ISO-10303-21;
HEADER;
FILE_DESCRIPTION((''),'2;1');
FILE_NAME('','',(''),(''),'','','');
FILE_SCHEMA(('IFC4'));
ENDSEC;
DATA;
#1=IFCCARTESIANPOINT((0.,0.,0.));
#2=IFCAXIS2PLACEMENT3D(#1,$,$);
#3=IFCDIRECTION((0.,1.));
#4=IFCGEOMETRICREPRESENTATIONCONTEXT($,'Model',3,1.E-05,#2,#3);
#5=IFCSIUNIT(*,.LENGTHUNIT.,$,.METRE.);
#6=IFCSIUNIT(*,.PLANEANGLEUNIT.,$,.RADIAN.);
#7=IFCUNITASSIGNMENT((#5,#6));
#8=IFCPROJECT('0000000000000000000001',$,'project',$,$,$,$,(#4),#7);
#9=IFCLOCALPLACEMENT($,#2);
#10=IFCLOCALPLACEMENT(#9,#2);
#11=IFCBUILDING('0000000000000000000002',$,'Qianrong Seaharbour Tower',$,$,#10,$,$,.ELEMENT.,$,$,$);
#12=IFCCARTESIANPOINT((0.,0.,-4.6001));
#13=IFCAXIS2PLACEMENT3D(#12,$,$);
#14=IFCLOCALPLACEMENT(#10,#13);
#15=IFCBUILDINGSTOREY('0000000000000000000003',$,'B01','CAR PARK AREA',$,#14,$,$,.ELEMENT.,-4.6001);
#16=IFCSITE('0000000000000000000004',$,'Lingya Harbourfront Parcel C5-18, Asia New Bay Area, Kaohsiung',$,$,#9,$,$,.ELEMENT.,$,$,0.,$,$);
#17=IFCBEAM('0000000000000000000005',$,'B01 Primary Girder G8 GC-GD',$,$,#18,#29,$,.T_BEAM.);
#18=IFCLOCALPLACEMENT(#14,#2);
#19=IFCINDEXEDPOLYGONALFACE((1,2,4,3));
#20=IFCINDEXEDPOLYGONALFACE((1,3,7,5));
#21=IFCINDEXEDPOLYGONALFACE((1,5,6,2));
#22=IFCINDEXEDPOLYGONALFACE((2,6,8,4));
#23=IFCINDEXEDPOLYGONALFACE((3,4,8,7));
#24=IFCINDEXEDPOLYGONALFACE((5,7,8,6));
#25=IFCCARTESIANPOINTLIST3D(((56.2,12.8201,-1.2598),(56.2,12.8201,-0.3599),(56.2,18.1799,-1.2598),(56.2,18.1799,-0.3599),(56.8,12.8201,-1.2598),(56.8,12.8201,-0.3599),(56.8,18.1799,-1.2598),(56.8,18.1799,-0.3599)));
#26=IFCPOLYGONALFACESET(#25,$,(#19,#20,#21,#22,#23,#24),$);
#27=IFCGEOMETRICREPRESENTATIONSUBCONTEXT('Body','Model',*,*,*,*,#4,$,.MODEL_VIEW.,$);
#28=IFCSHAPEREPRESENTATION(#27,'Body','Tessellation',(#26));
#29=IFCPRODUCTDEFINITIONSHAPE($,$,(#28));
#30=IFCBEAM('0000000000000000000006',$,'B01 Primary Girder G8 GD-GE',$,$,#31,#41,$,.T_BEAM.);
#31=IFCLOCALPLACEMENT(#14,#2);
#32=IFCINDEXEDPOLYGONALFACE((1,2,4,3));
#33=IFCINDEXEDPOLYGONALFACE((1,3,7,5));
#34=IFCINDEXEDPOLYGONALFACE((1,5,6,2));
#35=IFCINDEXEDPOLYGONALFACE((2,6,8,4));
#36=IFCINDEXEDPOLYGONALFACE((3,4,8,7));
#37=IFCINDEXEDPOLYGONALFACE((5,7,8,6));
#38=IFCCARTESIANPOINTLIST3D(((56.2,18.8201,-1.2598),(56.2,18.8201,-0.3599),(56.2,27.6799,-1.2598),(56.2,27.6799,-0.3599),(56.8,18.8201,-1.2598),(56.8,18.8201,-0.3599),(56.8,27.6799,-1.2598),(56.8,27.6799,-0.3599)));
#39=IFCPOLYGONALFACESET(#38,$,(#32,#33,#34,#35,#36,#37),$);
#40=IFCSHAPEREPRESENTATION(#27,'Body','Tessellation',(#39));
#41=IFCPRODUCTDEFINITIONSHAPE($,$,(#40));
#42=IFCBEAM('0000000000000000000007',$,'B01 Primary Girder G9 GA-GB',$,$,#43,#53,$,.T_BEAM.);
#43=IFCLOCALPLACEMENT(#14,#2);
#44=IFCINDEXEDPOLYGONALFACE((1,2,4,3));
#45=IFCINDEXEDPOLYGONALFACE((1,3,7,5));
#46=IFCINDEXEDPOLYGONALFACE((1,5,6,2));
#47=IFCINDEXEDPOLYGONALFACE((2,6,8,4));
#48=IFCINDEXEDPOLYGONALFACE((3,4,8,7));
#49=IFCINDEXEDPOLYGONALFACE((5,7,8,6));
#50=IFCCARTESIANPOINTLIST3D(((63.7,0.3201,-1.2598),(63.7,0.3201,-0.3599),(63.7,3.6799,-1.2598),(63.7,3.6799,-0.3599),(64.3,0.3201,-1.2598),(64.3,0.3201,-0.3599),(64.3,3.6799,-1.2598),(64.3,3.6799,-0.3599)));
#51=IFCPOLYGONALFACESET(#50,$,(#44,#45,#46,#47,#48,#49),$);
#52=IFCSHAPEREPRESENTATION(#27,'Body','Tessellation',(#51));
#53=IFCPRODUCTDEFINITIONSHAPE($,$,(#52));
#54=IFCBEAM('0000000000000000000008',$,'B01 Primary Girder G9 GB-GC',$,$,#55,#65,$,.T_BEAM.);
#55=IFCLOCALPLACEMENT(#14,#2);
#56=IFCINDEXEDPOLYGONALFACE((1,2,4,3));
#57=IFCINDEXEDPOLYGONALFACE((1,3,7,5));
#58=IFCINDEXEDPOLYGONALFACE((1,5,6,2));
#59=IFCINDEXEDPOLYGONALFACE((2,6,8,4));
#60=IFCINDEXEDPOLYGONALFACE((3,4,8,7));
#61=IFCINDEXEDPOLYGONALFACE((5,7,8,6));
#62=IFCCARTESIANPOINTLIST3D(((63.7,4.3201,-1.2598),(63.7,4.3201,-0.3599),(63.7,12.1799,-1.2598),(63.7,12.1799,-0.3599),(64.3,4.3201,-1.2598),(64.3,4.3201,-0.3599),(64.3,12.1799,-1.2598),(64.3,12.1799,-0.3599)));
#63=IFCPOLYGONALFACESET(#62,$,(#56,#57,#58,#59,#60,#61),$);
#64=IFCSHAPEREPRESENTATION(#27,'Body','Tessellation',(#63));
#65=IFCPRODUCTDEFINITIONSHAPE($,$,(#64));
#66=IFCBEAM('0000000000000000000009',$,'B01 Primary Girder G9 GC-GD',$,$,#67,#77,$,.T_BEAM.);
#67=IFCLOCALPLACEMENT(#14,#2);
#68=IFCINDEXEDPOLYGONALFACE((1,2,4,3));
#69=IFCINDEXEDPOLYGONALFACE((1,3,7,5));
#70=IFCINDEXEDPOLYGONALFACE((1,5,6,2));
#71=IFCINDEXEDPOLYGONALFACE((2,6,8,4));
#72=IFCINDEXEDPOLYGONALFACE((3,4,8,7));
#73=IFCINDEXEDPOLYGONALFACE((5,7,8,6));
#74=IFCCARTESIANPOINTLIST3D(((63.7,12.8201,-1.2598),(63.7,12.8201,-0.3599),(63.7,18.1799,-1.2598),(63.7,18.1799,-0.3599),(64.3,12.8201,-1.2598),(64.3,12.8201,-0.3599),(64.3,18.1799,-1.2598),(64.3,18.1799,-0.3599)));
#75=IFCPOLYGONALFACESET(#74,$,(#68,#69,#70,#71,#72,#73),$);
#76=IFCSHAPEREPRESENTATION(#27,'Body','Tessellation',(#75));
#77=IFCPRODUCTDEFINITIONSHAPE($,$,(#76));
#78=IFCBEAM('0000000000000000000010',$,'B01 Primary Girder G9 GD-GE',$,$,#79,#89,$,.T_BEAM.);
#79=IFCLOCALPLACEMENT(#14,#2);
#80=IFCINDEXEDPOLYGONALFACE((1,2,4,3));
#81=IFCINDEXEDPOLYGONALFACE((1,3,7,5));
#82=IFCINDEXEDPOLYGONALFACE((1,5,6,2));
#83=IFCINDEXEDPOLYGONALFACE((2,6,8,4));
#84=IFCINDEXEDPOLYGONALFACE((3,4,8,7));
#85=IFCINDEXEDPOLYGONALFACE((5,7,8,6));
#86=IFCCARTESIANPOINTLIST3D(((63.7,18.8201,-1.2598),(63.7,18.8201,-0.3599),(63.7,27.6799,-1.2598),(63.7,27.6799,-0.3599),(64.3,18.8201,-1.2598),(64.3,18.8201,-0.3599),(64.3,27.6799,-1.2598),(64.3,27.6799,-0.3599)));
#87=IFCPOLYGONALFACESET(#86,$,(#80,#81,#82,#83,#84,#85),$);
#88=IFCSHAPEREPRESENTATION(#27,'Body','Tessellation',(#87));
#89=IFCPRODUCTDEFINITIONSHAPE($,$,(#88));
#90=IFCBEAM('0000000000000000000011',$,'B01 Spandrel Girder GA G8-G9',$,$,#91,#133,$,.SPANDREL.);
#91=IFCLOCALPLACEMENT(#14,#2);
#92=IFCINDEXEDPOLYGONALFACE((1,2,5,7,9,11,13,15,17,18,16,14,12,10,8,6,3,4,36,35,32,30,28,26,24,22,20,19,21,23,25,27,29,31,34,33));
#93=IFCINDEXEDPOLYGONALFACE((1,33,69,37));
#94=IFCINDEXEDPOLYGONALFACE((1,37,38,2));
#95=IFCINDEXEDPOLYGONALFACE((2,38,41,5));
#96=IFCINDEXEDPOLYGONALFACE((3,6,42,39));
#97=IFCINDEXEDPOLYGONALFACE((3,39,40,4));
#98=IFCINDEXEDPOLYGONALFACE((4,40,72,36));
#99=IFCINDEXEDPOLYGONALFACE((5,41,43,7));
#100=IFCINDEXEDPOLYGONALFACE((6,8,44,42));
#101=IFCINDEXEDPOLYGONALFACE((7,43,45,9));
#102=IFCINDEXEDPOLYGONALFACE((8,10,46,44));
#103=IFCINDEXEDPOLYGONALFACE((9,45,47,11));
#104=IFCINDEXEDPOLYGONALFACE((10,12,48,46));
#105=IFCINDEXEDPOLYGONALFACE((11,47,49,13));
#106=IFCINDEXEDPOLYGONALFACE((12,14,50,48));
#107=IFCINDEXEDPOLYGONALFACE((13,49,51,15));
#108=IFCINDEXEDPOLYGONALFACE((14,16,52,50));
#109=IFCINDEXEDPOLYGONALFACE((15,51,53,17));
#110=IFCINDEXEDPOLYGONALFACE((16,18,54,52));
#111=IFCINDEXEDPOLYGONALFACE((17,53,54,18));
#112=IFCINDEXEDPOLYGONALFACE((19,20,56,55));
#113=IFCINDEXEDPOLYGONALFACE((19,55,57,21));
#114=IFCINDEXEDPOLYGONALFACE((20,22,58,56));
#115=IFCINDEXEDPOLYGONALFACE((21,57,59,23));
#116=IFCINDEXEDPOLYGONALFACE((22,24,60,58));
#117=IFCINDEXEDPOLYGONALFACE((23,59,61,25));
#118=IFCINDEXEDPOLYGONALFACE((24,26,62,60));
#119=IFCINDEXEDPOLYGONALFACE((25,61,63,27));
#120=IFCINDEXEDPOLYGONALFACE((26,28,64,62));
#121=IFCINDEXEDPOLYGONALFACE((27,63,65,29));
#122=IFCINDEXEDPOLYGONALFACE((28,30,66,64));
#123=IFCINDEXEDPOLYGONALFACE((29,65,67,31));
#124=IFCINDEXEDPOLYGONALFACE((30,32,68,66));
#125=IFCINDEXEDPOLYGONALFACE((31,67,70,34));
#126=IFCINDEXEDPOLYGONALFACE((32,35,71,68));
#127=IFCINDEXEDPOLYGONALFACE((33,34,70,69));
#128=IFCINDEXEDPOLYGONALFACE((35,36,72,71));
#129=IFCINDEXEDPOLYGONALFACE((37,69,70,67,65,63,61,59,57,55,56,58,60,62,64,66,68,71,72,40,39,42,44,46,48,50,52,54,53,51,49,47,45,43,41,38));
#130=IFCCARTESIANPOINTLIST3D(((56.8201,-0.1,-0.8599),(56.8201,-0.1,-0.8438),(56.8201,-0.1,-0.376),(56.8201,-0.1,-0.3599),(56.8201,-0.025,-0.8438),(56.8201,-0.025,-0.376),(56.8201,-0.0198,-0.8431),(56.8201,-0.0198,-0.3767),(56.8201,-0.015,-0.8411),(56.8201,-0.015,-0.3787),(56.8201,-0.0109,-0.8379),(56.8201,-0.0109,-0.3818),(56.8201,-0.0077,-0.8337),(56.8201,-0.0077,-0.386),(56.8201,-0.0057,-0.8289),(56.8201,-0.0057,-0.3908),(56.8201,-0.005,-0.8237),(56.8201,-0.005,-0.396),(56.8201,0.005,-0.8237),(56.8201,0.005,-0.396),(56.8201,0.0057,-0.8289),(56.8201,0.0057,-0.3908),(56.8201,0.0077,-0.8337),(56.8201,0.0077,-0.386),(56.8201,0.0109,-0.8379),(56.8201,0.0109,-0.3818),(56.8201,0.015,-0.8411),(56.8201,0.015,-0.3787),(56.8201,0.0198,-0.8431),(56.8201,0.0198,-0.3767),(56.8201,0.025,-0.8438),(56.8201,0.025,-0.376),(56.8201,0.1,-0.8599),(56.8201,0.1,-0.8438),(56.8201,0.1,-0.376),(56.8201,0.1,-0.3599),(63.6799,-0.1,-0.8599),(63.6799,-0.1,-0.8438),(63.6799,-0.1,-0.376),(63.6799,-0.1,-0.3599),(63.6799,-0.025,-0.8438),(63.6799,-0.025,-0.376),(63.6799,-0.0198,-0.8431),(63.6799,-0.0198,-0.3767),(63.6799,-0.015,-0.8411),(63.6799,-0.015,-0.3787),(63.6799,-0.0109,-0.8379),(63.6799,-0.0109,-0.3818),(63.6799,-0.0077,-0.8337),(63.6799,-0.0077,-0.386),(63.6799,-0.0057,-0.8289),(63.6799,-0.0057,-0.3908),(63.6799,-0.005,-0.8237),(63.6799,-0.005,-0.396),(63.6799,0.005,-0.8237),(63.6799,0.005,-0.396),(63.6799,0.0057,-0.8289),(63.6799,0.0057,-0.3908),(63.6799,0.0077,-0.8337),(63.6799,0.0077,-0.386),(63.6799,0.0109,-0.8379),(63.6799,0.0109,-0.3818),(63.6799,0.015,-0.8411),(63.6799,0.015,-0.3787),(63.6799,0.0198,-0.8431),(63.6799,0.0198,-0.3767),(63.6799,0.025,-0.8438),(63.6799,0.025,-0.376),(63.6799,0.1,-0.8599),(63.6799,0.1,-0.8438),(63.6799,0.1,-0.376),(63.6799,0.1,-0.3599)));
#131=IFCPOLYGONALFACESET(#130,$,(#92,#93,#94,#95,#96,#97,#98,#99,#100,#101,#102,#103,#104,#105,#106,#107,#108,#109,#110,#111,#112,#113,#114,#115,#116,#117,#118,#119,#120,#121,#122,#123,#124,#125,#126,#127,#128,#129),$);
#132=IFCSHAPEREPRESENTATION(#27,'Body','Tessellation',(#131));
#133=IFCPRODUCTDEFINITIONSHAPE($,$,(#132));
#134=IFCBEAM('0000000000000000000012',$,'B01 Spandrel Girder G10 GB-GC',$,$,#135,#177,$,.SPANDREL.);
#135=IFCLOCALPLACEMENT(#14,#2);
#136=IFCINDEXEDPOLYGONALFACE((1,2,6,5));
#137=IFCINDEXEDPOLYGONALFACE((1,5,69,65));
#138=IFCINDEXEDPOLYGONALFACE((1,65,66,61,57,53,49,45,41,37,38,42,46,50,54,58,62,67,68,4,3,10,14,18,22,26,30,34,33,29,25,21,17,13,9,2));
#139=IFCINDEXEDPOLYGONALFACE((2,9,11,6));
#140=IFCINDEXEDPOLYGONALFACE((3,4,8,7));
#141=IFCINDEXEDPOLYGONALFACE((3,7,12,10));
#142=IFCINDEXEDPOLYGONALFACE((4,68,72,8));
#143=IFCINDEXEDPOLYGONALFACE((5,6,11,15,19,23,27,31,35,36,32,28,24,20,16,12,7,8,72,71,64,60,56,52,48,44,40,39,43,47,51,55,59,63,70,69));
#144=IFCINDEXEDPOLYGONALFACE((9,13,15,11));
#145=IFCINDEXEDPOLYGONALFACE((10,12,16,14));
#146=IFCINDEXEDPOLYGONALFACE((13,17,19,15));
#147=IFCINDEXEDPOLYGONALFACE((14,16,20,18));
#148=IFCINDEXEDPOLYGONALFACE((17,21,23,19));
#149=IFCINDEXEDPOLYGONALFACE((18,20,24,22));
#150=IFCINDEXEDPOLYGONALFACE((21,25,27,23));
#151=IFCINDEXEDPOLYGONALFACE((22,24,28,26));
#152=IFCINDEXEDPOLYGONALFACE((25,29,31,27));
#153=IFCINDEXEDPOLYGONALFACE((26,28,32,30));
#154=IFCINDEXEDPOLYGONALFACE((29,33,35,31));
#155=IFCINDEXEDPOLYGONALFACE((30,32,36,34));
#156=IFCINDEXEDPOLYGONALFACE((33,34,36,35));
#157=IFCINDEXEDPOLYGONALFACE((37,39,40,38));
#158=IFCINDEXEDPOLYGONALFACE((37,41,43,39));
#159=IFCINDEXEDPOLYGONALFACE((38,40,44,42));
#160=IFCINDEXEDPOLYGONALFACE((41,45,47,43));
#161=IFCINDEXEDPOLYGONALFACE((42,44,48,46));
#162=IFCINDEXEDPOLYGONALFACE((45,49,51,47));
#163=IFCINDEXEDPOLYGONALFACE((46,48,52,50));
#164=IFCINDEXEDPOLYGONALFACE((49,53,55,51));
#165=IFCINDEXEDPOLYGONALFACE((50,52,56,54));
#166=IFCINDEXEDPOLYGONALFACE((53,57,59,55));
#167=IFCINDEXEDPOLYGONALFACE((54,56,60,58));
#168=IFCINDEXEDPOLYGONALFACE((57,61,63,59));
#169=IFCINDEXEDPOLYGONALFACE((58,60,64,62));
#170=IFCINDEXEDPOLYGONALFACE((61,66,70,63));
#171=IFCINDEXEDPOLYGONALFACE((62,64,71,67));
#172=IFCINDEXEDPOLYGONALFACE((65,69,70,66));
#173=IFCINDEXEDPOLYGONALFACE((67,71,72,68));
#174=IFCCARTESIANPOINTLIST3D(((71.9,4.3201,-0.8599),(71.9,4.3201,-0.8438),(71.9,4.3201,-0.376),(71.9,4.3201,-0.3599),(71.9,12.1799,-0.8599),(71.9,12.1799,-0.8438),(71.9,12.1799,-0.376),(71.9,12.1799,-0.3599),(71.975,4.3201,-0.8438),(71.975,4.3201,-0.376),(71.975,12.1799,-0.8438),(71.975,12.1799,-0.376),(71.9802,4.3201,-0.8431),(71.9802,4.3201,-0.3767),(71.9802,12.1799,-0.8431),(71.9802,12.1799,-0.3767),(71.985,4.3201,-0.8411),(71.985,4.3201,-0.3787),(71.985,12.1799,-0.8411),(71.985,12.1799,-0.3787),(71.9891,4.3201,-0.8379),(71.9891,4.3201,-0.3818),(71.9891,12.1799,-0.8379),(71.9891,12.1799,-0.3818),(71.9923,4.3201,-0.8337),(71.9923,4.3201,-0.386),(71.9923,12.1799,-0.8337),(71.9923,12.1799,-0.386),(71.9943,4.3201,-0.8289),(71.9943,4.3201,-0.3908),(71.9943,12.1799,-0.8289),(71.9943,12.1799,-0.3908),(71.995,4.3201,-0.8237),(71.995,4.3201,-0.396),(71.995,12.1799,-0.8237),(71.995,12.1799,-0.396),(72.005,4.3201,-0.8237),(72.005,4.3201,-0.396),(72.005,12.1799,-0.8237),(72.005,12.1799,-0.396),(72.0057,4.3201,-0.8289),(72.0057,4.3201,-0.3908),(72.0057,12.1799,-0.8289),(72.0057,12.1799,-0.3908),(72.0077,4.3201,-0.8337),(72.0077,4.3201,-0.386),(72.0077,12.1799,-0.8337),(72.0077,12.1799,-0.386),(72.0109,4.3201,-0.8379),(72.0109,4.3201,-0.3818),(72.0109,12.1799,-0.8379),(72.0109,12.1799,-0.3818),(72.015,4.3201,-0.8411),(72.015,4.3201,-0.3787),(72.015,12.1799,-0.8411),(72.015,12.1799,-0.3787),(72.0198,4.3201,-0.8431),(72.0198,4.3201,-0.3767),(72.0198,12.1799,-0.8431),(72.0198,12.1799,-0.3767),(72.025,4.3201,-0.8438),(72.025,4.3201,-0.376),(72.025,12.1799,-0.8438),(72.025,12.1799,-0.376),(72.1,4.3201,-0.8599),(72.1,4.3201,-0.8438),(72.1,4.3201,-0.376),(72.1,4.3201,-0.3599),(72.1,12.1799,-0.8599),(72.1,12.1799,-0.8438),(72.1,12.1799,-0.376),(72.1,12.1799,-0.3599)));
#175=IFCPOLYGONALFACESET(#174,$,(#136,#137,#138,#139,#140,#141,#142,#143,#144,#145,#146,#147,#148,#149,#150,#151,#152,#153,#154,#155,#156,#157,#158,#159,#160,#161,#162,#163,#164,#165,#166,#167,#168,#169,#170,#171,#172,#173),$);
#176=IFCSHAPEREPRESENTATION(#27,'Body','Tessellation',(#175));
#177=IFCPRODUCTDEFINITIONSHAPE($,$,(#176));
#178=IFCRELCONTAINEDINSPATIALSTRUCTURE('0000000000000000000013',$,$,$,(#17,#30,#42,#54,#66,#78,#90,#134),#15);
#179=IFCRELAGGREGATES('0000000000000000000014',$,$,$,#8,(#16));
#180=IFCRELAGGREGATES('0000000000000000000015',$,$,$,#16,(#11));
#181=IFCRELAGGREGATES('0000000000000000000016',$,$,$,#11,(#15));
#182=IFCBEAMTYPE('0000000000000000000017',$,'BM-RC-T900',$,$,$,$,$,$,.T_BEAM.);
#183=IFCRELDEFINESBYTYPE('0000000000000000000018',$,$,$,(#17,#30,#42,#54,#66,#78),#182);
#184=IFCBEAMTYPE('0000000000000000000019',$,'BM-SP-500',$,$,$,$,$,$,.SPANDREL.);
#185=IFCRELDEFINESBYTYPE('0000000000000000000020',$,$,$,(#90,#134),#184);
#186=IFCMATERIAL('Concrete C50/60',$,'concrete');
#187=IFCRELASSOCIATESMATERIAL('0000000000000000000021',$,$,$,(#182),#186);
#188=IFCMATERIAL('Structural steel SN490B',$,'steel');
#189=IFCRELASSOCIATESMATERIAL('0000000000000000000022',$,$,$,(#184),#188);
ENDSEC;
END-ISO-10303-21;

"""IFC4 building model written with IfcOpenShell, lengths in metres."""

from ifc_helpers import new_model, si_unit, direction, frame, origin, origin_2d, place, context, subcontext, project, spatial, rectangle, i_section, extrude, material, material_profile, profile_set, type_object, element, save


model = new_model("IFC4")

# Units and contexts
model_context = context("Model", 3, precision=1e-05, world=origin(), true_north=direction((0.0, 1.0)))
body_context = subcontext(model_context, "Body", "Model", "MODEL_VIEW")
ifc_project = project(units=[si_unit("LENGTHUNIT", "METRE"), si_unit("PLANEANGLEUNIT", "RADIAN")], contexts=[model_context])

# Site, building, storey
site_placement = place(None, origin())
site = spatial("IfcSite", under=ifc_project, at=site_placement, Name="Lingya Harbourfront Parcel C5-18, Asia New Bay Area, Kaohsiung", CompositionType="ELEMENT", RefElevation=0.0)
building_placement = place(site_placement, origin())
building = spatial("IfcBuilding", under=site, at=building_placement, Name="Qianrong Seaharbour Tower", CompositionType="ELEMENT")
storey_placement = place(building_placement, frame((0.0, 0.0, -4.6001)))
storey = spatial("IfcBuildingStorey", under=building, at=storey_placement, Name="B01", Description="CAR PARK AREA", CompositionType="ELEMENT", Elevation=-4.6001)

# Shared definitions
ifc_material_1 = material(Name="Structural steel SN490B", Category="steel")

# Beams
ifc_material_2 = material(Name="Concrete C50/60", Category="concrete")
ifc_material_profile_1 = material_profile(ifc_material_2, rectangle(XDim=0.6001, YDim=0.8999, at=origin_2d()), Name="RC600x900")
ifc_profile_set_1 = profile_set([ifc_material_profile_1], Name="Concrete C50/60")
beam_type_1 = type_object("IfcBeamType", Name="BM-RC-T900", PredefinedType="T_BEAM", material=ifc_profile_set_1)
beam_1_placement = place(storey_placement, frame((56.5, 12.8201, -0.8098), z_axis=(0.0, 1.0, 0.0), x_axis=(-1.0, 0.0, 0.0)))
element("IfcBeam", 1, at=beam_1_placement, inside=storey, type_object=beam_type_1, Name="B01 Primary Girder G8 GC-GD", PredefinedType="T_BEAM", context=body_context, shape_type="SweptSolid", body=[
    extrude(rectangle(XDim=0.6001, YDim=0.8999, at=origin_2d()), origin(), (0.0, 0.0, 1.0), 5.3599),
])
beam_2_placement = place(storey_placement, frame((56.5, 18.8201, -0.8098), z_axis=(0.0, 1.0, 0.0), x_axis=(-1.0, 0.0, 0.0)))
element("IfcBeam", 2, at=beam_2_placement, inside=storey, type_object=beam_type_1, Name="B01 Primary Girder G8 GD-GE", PredefinedType="T_BEAM", context=body_context, shape_type="SweptSolid", body=[
    extrude(rectangle(XDim=0.6001, YDim=0.8999, at=origin_2d()), origin(), (0.0, 0.0, 1.0), 8.8599),
])
beam_3_placement = place(storey_placement, frame((64.0, 0.3201, -0.8098), z_axis=(0.0, 1.0, 0.0), x_axis=(-1.0, 0.0, 0.0)))
element("IfcBeam", 3, at=beam_3_placement, inside=storey, type_object=beam_type_1, Name="B01 Primary Girder G9 GA-GB", PredefinedType="T_BEAM", context=body_context, shape_type="SweptSolid", body=[
    extrude(rectangle(XDim=0.6001, YDim=0.8999, at=origin_2d()), origin(), (0.0, 0.0, 1.0), 3.3599),
])
beam_4_placement = place(storey_placement, frame((64.0, 4.3201, -0.8098), z_axis=(0.0, 1.0, 0.0), x_axis=(-1.0, 0.0, 0.0)))
element("IfcBeam", 4, at=beam_4_placement, inside=storey, type_object=beam_type_1, Name="B01 Primary Girder G9 GB-GC", PredefinedType="T_BEAM", context=body_context, shape_type="SweptSolid", body=[
    extrude(rectangle(XDim=0.6001, YDim=0.8999, at=origin_2d()), origin(), (0.0, 0.0, 1.0), 7.8599),
])
beam_5_placement = place(storey_placement, frame((64.0, 12.8201, -0.8098), z_axis=(0.0, 1.0, 0.0), x_axis=(-1.0, 0.0, 0.0)))
element("IfcBeam", 5, at=beam_5_placement, inside=storey, type_object=beam_type_1, Name="B01 Primary Girder G9 GC-GD", PredefinedType="T_BEAM", context=body_context, shape_type="SweptSolid", body=[
    extrude(rectangle(XDim=0.6001, YDim=0.8999, at=origin_2d()), origin(), (0.0, 0.0, 1.0), 5.3599),
])
beam_6_placement = place(storey_placement, frame((64.0, 18.8201, -0.8098), z_axis=(0.0, 1.0, 0.0), x_axis=(-1.0, 0.0, 0.0)))
element("IfcBeam", 6, at=beam_6_placement, inside=storey, type_object=beam_type_1, Name="B01 Primary Girder G9 GD-GE", PredefinedType="T_BEAM", context=body_context, shape_type="SweptSolid", body=[
    extrude(rectangle(XDim=0.6001, YDim=0.8999, at=origin_2d()), origin(), (0.0, 0.0, 1.0), 8.8599),
])
ifc_material_profile_2 = material_profile(ifc_material_1, i_section(OverallWidth=0.2, OverallDepth=0.5, WebThickness=0.01, FlangeThickness=0.0161, FilletRadius=0.02, at=origin_2d()), Name="H500x200x10x16")
ifc_profile_set_2 = profile_set([ifc_material_profile_2], Name="Structural steel SN490B")
beam_type_2 = type_object("IfcBeamType", Name="BM-SP-500", PredefinedType="SPANDREL", material=ifc_profile_set_2)
beam_7_placement = place(storey_placement, frame((56.8201, 0.0, -0.6099), z_axis=(1.0, 0.0, 0.0), x_axis=(0.0, 1.0, 0.0)))
element("IfcBeam", 7, at=beam_7_placement, inside=storey, type_object=beam_type_2, Name="B01 Spandrel Girder GA G8-G9", PredefinedType="SPANDREL", context=body_context, shape_type="SweptSolid", body=[
    extrude(i_section(OverallWidth=0.2, OverallDepth=0.5, WebThickness=0.01, FlangeThickness=0.0161, FilletRadius=0.02, at=origin_2d()), origin(), (0.0, 0.0, 1.0), 6.8599),
])
beam_8_placement = place(storey_placement, frame((72.0, 4.3201, -0.6099), z_axis=(0.0, 1.0, 0.0), x_axis=(-1.0, 0.0, 0.0)))
element("IfcBeam", 8, at=beam_8_placement, inside=storey, type_object=beam_type_2, Name="B01 Spandrel Girder G10 GB-GC", PredefinedType="SPANDREL", context=body_context, shape_type="SweptSolid", body=[
    extrude(i_section(OverallWidth=0.2, OverallDepth=0.5, WebThickness=0.01, FlangeThickness=0.0161, FilletRadius=0.02, at=origin_2d()), origin(), (0.0, 0.0, 1.0), 7.8599),
])

save(model, "model.ifc")
